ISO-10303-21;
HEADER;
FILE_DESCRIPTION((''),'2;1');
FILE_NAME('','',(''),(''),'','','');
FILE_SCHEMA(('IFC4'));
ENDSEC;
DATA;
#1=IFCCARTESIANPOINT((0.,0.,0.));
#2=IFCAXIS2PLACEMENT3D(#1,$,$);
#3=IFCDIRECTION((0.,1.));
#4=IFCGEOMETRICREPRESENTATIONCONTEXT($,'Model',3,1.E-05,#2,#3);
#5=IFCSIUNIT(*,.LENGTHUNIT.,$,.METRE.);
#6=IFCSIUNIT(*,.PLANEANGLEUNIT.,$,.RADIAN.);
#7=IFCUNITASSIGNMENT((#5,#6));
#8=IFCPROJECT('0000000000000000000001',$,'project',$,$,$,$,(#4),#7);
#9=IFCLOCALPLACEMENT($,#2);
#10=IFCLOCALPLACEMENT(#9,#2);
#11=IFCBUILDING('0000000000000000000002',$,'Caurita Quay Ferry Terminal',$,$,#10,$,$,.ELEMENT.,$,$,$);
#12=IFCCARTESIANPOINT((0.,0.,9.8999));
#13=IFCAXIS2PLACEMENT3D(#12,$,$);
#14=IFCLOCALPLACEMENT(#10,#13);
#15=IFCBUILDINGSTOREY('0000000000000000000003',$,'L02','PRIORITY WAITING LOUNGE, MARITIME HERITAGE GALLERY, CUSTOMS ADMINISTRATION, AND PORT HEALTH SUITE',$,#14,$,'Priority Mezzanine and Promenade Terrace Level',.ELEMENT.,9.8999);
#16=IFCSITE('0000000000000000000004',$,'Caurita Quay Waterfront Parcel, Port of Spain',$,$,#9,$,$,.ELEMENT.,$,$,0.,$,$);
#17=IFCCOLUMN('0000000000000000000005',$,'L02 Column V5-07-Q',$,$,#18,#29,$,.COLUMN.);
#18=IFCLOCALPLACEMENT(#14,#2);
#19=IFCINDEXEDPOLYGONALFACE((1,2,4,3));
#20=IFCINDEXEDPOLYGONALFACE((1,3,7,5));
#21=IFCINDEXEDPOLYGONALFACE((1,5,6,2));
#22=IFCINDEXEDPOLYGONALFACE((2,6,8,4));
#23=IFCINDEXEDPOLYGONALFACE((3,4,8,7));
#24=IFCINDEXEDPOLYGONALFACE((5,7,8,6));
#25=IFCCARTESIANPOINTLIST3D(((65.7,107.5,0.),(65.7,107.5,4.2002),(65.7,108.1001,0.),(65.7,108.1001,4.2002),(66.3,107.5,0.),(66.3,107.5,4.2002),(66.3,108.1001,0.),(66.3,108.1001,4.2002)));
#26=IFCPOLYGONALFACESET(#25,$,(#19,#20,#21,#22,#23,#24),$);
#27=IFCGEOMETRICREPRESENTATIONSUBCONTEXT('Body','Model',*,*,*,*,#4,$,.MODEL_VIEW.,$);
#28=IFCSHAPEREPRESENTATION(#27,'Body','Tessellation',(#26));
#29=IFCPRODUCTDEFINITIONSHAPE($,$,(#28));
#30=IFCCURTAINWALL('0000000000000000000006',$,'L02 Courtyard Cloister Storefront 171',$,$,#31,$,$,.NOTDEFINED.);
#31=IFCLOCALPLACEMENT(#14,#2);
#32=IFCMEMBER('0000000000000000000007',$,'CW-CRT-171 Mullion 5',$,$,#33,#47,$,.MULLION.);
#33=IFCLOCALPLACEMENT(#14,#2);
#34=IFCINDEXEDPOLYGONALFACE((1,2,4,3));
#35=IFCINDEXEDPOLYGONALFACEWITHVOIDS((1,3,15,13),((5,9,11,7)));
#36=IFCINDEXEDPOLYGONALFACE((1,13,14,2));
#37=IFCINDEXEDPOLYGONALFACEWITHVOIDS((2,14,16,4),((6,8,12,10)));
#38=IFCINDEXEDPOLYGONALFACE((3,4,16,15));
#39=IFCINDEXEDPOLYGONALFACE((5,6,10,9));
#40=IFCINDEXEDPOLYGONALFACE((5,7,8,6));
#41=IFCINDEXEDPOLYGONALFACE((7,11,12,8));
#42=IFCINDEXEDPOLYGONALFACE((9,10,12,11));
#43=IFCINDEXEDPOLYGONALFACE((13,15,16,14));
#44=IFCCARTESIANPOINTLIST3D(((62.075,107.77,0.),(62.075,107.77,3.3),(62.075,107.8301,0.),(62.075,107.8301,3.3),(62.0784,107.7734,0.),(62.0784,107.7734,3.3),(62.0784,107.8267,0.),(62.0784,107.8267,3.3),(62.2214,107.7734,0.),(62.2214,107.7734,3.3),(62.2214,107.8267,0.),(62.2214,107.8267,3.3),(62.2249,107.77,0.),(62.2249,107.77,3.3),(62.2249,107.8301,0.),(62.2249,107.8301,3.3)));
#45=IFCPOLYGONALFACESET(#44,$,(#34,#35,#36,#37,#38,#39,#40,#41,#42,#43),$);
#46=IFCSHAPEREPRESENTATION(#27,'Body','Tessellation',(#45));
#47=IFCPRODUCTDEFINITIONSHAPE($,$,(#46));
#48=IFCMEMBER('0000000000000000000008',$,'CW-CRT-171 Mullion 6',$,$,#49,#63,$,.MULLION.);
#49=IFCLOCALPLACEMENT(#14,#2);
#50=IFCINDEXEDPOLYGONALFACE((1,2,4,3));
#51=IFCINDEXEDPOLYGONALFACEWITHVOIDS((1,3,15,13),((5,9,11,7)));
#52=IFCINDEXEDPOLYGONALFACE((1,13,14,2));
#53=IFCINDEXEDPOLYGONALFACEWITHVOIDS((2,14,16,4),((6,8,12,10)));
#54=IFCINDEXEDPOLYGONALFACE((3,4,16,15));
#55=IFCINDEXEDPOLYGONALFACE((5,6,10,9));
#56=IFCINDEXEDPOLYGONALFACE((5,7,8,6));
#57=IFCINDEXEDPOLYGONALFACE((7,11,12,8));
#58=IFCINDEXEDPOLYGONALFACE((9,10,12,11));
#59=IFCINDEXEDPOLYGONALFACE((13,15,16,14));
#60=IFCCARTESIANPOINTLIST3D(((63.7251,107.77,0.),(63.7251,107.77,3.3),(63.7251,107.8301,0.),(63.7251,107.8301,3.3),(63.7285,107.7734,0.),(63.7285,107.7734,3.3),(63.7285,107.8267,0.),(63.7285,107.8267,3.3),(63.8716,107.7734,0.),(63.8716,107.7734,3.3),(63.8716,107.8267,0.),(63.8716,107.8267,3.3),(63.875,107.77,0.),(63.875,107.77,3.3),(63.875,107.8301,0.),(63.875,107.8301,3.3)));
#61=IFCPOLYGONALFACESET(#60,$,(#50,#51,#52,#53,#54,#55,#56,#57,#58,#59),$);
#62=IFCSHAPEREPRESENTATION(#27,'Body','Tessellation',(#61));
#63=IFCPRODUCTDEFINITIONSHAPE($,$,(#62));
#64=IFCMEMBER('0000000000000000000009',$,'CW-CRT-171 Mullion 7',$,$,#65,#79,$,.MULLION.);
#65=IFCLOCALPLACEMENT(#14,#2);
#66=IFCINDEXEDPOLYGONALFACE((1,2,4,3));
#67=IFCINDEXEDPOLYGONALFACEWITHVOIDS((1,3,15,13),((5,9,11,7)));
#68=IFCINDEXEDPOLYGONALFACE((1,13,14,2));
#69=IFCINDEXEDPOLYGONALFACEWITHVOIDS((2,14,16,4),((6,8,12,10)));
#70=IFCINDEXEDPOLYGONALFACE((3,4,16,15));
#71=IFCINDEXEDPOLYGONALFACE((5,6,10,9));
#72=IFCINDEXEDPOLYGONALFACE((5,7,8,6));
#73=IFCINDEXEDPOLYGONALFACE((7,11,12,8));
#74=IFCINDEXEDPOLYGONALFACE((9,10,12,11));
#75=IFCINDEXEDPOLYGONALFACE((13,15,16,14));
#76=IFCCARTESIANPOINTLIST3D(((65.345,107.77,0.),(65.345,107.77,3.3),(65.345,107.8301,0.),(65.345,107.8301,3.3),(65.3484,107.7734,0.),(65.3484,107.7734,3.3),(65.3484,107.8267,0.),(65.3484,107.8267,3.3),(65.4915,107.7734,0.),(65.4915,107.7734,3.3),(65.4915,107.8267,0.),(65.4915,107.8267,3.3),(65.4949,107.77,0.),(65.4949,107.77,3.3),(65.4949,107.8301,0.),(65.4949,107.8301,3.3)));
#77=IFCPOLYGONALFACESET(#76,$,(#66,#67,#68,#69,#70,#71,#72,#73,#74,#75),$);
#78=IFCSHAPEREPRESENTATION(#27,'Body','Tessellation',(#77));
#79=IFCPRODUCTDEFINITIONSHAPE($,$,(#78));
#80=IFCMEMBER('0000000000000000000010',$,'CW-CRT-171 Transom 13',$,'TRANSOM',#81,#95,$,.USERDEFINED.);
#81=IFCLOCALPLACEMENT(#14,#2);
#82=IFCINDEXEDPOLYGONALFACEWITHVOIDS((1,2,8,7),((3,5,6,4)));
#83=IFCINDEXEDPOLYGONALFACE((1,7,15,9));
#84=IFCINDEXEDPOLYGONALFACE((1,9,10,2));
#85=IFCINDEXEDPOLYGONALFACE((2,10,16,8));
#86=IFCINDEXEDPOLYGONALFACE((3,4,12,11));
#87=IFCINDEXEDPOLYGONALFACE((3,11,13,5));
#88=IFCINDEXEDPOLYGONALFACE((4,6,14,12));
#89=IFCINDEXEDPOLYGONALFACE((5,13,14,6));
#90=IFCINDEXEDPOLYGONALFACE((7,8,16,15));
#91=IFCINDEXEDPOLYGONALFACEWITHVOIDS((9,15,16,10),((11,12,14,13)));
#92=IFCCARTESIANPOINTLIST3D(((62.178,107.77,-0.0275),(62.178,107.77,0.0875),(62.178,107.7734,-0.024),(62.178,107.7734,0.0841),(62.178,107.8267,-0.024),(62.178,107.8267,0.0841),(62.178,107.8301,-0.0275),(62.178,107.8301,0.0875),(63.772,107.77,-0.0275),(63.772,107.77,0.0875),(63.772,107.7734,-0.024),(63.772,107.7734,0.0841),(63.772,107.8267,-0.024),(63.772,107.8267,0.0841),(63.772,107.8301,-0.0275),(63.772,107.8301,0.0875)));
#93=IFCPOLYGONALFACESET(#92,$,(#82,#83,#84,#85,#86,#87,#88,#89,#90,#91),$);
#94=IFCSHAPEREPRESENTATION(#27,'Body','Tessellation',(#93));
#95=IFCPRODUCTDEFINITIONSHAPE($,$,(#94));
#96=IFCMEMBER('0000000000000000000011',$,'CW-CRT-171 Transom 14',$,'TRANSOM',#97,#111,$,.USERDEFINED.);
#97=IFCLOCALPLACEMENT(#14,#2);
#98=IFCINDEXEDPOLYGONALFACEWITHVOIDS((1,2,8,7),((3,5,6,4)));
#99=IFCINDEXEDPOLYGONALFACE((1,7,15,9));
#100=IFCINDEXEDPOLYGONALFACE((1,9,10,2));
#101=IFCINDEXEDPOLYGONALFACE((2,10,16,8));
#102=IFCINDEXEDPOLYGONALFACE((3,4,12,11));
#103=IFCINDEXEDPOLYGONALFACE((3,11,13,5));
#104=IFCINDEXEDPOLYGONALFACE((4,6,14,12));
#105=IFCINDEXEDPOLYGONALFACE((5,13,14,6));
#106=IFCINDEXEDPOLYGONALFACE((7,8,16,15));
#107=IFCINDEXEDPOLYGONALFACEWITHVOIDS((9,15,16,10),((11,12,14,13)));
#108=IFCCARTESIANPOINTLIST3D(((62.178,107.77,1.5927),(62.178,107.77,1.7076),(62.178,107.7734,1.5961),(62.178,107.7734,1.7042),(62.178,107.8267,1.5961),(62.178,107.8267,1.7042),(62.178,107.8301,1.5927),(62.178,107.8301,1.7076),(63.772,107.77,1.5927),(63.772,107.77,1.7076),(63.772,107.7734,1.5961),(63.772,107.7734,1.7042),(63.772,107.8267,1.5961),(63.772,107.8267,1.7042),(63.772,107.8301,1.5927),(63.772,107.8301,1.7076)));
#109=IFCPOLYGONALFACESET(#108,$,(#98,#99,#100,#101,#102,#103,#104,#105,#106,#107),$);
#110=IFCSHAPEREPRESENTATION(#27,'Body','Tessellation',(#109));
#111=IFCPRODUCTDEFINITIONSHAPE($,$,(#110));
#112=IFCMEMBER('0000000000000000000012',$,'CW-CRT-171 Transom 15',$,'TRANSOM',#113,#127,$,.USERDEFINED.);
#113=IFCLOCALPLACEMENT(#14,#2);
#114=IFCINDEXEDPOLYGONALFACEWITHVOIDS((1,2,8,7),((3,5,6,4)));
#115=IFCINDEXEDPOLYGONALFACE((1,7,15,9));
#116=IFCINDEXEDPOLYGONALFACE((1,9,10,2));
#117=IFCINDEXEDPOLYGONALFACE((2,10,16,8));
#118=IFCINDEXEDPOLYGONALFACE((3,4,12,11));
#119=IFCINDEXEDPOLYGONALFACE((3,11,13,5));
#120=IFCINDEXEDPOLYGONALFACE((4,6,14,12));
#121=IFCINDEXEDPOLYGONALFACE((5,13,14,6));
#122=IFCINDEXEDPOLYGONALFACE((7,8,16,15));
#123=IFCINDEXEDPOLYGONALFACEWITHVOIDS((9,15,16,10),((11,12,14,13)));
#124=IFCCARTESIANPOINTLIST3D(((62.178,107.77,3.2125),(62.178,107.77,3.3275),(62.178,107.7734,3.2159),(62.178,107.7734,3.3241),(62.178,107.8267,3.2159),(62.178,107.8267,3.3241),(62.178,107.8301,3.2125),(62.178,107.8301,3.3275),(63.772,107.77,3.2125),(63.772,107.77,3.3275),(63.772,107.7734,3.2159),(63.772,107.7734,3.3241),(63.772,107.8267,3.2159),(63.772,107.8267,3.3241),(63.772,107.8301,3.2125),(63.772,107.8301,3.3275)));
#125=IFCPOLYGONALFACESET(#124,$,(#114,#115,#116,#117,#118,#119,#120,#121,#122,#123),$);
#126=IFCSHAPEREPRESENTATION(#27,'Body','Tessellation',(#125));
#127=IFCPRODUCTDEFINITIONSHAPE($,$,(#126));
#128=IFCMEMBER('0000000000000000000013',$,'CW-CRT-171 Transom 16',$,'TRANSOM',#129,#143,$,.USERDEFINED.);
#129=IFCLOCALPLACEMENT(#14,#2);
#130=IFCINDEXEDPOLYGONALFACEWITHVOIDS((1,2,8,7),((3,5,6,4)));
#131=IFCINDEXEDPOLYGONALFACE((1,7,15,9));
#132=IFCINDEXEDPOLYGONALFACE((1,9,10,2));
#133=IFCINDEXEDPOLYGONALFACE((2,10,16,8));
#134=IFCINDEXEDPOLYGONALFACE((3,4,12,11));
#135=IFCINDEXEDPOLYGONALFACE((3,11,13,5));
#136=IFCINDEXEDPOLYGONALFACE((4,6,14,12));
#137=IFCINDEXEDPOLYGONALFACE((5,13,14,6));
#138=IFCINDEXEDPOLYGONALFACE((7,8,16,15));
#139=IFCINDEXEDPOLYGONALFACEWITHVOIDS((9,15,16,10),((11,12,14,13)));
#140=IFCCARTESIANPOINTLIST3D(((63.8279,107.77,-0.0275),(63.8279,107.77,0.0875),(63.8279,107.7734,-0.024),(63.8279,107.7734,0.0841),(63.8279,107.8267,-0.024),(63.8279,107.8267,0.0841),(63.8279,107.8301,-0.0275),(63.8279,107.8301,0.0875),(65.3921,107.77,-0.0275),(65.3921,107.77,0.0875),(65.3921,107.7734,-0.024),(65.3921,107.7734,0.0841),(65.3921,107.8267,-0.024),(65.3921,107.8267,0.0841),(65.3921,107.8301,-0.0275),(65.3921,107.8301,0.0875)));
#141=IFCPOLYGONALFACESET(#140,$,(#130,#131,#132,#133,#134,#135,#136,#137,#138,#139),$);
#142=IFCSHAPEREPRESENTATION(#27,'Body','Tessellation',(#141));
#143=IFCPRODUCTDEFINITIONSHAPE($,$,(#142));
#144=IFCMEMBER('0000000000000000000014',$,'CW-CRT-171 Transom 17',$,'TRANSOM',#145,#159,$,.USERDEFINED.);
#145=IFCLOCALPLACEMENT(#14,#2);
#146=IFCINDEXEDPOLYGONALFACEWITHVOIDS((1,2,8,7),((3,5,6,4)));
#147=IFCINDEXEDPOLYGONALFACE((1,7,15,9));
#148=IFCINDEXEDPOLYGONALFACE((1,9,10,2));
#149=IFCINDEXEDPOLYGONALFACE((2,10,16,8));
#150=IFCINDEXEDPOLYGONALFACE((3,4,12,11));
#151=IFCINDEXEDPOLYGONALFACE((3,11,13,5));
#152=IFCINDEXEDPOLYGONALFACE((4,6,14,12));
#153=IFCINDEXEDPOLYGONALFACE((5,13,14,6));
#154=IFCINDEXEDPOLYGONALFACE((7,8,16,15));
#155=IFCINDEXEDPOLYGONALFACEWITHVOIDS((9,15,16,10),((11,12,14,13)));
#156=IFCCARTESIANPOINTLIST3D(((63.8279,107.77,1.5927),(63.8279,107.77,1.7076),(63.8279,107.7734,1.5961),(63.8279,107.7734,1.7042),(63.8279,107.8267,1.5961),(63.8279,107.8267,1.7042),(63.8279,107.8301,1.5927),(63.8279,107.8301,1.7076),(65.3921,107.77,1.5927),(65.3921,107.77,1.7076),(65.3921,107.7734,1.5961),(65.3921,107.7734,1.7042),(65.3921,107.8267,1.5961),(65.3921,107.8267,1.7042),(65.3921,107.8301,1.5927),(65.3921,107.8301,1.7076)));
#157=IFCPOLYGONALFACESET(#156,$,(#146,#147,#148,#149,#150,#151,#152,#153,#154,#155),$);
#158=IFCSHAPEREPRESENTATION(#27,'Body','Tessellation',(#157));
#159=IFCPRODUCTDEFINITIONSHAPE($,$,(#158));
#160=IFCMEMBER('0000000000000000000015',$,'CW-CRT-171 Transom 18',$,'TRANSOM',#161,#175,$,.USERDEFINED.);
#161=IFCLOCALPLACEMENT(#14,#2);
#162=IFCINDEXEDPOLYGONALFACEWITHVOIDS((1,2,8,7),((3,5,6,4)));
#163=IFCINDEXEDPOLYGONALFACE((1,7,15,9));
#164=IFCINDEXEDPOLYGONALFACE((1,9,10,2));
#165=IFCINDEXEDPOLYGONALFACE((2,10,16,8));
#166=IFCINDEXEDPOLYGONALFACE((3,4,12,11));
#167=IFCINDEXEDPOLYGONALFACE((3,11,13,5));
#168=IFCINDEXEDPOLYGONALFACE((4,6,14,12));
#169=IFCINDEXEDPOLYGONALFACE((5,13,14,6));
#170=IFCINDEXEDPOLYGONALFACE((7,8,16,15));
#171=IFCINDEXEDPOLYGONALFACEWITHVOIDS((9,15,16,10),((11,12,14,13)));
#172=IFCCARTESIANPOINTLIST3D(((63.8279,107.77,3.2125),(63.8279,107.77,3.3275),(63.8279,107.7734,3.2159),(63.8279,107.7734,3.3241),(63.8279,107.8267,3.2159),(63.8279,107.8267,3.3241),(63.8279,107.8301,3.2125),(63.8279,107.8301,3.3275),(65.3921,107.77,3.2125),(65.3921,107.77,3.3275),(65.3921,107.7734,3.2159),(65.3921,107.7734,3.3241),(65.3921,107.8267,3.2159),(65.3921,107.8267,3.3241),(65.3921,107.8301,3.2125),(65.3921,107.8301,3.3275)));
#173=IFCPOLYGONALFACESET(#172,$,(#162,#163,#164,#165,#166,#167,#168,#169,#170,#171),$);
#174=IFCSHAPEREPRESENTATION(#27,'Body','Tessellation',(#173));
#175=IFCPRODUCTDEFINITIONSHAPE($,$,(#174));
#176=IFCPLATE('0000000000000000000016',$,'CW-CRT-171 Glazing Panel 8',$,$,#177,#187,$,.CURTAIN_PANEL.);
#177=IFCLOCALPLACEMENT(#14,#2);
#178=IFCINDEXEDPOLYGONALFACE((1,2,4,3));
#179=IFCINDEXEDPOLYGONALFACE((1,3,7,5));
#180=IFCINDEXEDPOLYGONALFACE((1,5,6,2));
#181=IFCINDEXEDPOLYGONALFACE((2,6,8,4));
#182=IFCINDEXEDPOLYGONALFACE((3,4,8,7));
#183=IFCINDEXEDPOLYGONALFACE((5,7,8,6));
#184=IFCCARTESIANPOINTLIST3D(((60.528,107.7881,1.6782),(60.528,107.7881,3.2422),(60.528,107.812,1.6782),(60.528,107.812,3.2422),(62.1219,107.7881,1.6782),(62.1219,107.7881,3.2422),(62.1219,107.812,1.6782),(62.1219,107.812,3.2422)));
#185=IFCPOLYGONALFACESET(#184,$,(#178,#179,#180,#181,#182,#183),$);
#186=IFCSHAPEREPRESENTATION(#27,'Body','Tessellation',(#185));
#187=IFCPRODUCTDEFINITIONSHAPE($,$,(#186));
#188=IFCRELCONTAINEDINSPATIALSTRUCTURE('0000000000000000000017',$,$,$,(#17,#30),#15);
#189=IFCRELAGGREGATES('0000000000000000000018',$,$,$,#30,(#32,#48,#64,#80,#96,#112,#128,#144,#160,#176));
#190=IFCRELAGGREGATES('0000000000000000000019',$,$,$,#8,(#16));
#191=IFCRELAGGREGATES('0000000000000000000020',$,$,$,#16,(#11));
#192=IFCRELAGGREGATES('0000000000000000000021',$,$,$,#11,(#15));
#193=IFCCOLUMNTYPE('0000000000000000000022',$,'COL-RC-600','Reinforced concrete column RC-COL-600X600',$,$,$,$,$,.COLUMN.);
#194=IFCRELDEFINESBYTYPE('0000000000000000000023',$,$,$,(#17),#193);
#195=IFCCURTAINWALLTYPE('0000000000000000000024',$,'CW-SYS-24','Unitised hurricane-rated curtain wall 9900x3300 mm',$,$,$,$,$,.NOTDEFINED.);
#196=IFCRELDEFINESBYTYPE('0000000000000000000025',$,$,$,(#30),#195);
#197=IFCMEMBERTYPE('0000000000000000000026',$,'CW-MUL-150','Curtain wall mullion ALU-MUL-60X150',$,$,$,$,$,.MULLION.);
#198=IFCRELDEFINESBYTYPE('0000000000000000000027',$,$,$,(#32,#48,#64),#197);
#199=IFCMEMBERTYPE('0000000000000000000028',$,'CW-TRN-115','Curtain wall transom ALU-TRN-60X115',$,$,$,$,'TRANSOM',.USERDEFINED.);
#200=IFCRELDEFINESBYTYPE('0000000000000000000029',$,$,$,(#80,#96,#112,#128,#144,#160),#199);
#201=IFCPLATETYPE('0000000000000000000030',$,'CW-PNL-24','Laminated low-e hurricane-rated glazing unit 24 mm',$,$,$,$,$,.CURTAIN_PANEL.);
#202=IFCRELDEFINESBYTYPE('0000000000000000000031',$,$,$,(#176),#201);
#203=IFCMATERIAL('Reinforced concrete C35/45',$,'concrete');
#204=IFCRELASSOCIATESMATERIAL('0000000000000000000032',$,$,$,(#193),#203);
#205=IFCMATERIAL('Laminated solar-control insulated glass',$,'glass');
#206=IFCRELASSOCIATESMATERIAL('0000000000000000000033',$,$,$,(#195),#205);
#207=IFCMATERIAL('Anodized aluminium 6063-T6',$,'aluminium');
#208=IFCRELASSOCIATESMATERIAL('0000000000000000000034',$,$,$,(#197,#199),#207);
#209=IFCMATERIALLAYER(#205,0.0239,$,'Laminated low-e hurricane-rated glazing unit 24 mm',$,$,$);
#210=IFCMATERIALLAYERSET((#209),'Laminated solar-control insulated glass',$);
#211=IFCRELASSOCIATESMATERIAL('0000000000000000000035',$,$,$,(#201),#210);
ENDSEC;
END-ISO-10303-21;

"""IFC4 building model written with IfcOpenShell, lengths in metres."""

from ifc_helpers import new_model, si_unit, direction, frame, origin, origin_2d, place, context, subcontext, project, spatial, rectangle, hollow_rectangle, extrude, material, layer, layer_set, material_profile, profile_set, type_object, element, aggregate, save


model = new_model("IFC4")

# Units and contexts
model_context = context("Model", 3, precision=1e-05, world=origin(), true_north=direction((0.0, 1.0)))
body_context = subcontext(model_context, "Body", "Model", "MODEL_VIEW")
ifc_project = project(units=[si_unit("LENGTHUNIT", "METRE"), si_unit("PLANEANGLEUNIT", "RADIAN")], contexts=[model_context])

# Site, building, storey
site_placement = place(None, origin())
site = spatial("IfcSite", under=ifc_project, at=site_placement, Name="Caurita Quay Waterfront Parcel, Port of Spain", CompositionType="ELEMENT", RefElevation=0.0)
building_placement = place(site_placement, origin())
building = spatial("IfcBuilding", under=site, at=building_placement, Name="Caurita Quay Ferry Terminal", CompositionType="ELEMENT")
storey_placement = place(building_placement, frame((0.0, 0.0, 9.8999)))
storey = spatial("IfcBuildingStorey", under=building, at=storey_placement, Name="L02", Description="PRIORITY WAITING LOUNGE, MARITIME HERITAGE GALLERY, CUSTOMS ADMINISTRATION, AND PORT HEALTH SUITE", LongName="Priority Mezzanine and Promenade Terrace Level", CompositionType="ELEMENT", Elevation=9.8999)

# Column
ifc_material_1 = material(Name="Reinforced concrete C35/45", Category="concrete")
ifc_material_profile_1 = material_profile(ifc_material_1, rectangle(XDim=0.6001, YDim=0.6001, at=origin_2d()), Name="RC-COL-600X600")
ifc_profile_set_1 = profile_set([ifc_material_profile_1], Name="Reinforced concrete C35/45")
column_type = type_object("IfcColumnType", Name="COL-RC-600", Description="Reinforced concrete column RC-COL-600X600", PredefinedType="COLUMN", material=ifc_profile_set_1)
column_placement = place(storey_placement, frame((66.0, 107.8, 0.0), z_axis=(0.0, 0.0, 1.0), x_axis=(1.0, 0.0, 0.0)))
element("IfcColumn", 1, at=column_placement, inside=storey, type_object=column_type, Name="L02 Column V5-07-Q", PredefinedType="COLUMN", context=body_context, shape_type="SweptSolid", body=[
    extrude(rectangle(XDim=0.6001, YDim=0.6001, at=origin_2d()), origin(), (0.0, 0.0, 1.0), 4.2002),
])

# Curtain wall, members, plate
ifc_material_2 = material(Name="Laminated solar-control insulated glass", Category="glass")
curtain_wall_type = type_object("IfcCurtainWallType", Name="CW-SYS-24", Description="Unitised hurricane-rated curtain wall 9900x3300 mm", PredefinedType="NOTDEFINED", material=ifc_material_2)
curtain_wall_placement = place(storey_placement, origin())
curtain_wall = element("IfcCurtainWall", 2, at=curtain_wall_placement, inside=storey, type_object=curtain_wall_type, Name="L02 Courtyard Cloister Storefront 171", PredefinedType="NOTDEFINED")
ifc_material_3 = material(Name="Anodized aluminium 6063-T6", Category="aluminium")
ifc_material_profile_2 = material_profile(ifc_material_3, hollow_rectangle(XDim=0.0601, YDim=0.1499, WallThickness=0.0034, at=origin_2d()), Name="ALU-MUL-60X150")
ifc_profile_set_2 = profile_set([ifc_material_profile_2], Name="Anodized aluminium 6063-T6")
member_type_1 = type_object("IfcMemberType", Name="CW-MUL-150", Description="Curtain wall mullion ALU-MUL-60X150", PredefinedType="MULLION", material=ifc_profile_set_2)
member_1_placement = place(storey_placement, frame((62.1499, 107.8, 0.0), z_axis=(0.0, 0.0, 1.0), x_axis=(0.0, 1.0, 0.0)))
member_1 = element("IfcMember", 3, at=member_1_placement, type_object=member_type_1, Name="CW-CRT-171 Mullion 5", PredefinedType="MULLION", context=body_context, shape_type="SweptSolid", body=[
    extrude(hollow_rectangle(XDim=0.0601, YDim=0.1499, WallThickness=0.0034, at=origin_2d()), origin(), (0.0, 0.0, 1.0), 3.3),
])
member_2_placement = place(storey_placement, frame((63.8, 107.8, 0.0), z_axis=(0.0, 0.0, 1.0), x_axis=(0.0, 1.0, 0.0)))
member_2 = element("IfcMember", 4, at=member_2_placement, type_object=member_type_1, Name="CW-CRT-171 Mullion 6", PredefinedType="MULLION", context=body_context, shape_type="SweptSolid", body=[
    extrude(hollow_rectangle(XDim=0.0601, YDim=0.1499, WallThickness=0.0034, at=origin_2d()), origin(), (0.0, 0.0, 1.0), 3.3),
])
member_3_placement = place(storey_placement, frame((65.4199, 107.8, 0.0), z_axis=(0.0, 0.0, 1.0), x_axis=(0.0, 1.0, 0.0)))
member_3 = element("IfcMember", 5, at=member_3_placement, type_object=member_type_1, Name="CW-CRT-171 Mullion 7", PredefinedType="MULLION", context=body_context, shape_type="SweptSolid", body=[
    extrude(hollow_rectangle(XDim=0.0601, YDim=0.1499, WallThickness=0.0034, at=origin_2d()), origin(), (0.0, 0.0, 1.0), 3.3),
])
ifc_material_profile_3 = material_profile(ifc_material_3, hollow_rectangle(XDim=0.0601, YDim=0.115, WallThickness=0.0034, at=origin_2d()), Name="ALU-TRN-60X115")
ifc_profile_set_3 = profile_set([ifc_material_profile_3], Name="Anodized aluminium 6063-T6")
member_type_2 = type_object("IfcMemberType", Name="CW-TRN-115", Description="Curtain wall transom ALU-TRN-60X115", ElementType="TRANSOM", PredefinedType="USERDEFINED", material=ifc_profile_set_3)
member_4_placement = place(storey_placement, frame((62.178, 107.8, 0.03), z_axis=(1.0, 0.0, 0.0), x_axis=(0.0, 1.0, 0.0)))
member_4 = element("IfcMember", 6, at=member_4_placement, type_object=member_type_2, Name="CW-CRT-171 Transom 13", ObjectType="TRANSOM", PredefinedType="USERDEFINED", context=body_context, shape_type="SweptSolid", body=[
    extrude(hollow_rectangle(XDim=0.0601, YDim=0.115, WallThickness=0.0034, at=origin_2d()), origin(), (0.0, 0.0, 1.0), 1.594),
])
member_5_placement = place(storey_placement, frame((62.178, 107.8, 1.6501), z_axis=(1.0, 0.0, 0.0), x_axis=(0.0, 1.0, 0.0)))
member_5 = element("IfcMember", 7, at=member_5_placement, type_object=member_type_2, Name="CW-CRT-171 Transom 14", ObjectType="TRANSOM", PredefinedType="USERDEFINED", context=body_context, shape_type="SweptSolid", body=[
    extrude(hollow_rectangle(XDim=0.0601, YDim=0.115, WallThickness=0.0034, at=origin_2d()), origin(), (0.0, 0.0, 1.0), 1.594),
])
member_6_placement = place(storey_placement, frame((62.178, 107.8, 3.27), z_axis=(1.0, 0.0, 0.0), x_axis=(0.0, 1.0, 0.0)))
member_6 = element("IfcMember", 8, at=member_6_placement, type_object=member_type_2, Name="CW-CRT-171 Transom 15", ObjectType="TRANSOM", PredefinedType="USERDEFINED", context=body_context, shape_type="SweptSolid", body=[
    extrude(hollow_rectangle(XDim=0.0601, YDim=0.115, WallThickness=0.0034, at=origin_2d()), origin(), (0.0, 0.0, 1.0), 1.594),
])
member_7_placement = place(storey_placement, frame((63.8279, 107.8, 0.03), z_axis=(1.0, 0.0, 0.0), x_axis=(0.0, 1.0, 0.0)))
member_7 = element("IfcMember", 9, at=member_7_placement, type_object=member_type_2, Name="CW-CRT-171 Transom 16", ObjectType="TRANSOM", PredefinedType="USERDEFINED", context=body_context, shape_type="SweptSolid", body=[
    extrude(hollow_rectangle(XDim=0.0601, YDim=0.115, WallThickness=0.0034, at=origin_2d()), origin(), (0.0, 0.0, 1.0), 1.5642),
])
member_8_placement = place(storey_placement, frame((63.8279, 107.8, 1.6501), z_axis=(1.0, 0.0, 0.0), x_axis=(0.0, 1.0, 0.0)))
member_8 = element("IfcMember", 10, at=member_8_placement, type_object=member_type_2, Name="CW-CRT-171 Transom 17", ObjectType="TRANSOM", PredefinedType="USERDEFINED", context=body_context, shape_type="SweptSolid", body=[
    extrude(hollow_rectangle(XDim=0.0601, YDim=0.115, WallThickness=0.0034, at=origin_2d()), origin(), (0.0, 0.0, 1.0), 1.5642),
])
member_9_placement = place(storey_placement, frame((63.8279, 107.8, 3.27), z_axis=(1.0, 0.0, 0.0), x_axis=(0.0, 1.0, 0.0)))
member_9 = element("IfcMember", 11, at=member_9_placement, type_object=member_type_2, Name="CW-CRT-171 Transom 18", ObjectType="TRANSOM", PredefinedType="USERDEFINED", context=body_context, shape_type="SweptSolid", body=[
    extrude(hollow_rectangle(XDim=0.0601, YDim=0.115, WallThickness=0.0034, at=origin_2d()), origin(), (0.0, 0.0, 1.0), 1.5642),
])
ifc_layer_1 = layer(ifc_material_2, 0.0239, Name="Laminated low-e hurricane-rated glazing unit 24 mm")
ifc_layer_set_1 = layer_set([ifc_layer_1], Name="Laminated solar-control insulated glass")
plate_type = type_object("IfcPlateType", Name="CW-PNL-24", Description="Laminated low-e hurricane-rated glazing unit 24 mm", PredefinedType="CURTAIN_PANEL", material=ifc_layer_set_1)
plate_1_placement = place(storey_placement, frame((61.325, 107.8, 1.6782), z_axis=(0.0, 0.0, 1.0), x_axis=(1.0, 0.0, 0.0)))
plate_1 = element("IfcPlate", 12, at=plate_1_placement, type_object=plate_type, Name="CW-CRT-171 Glazing Panel 8", PredefinedType="CURTAIN_PANEL", context=body_context, shape_type="SweptSolid", body=[
    extrude(rectangle(XDim=1.594, YDim=0.0239, at=origin_2d()), origin(), (0.0, 0.0, 1.0), 1.564),
])
aggregate(curtain_wall, [member_1, member_2, member_3, member_4, member_5, member_6, member_7, member_8, member_9, plate_1])

save(model, "model.ifc")
